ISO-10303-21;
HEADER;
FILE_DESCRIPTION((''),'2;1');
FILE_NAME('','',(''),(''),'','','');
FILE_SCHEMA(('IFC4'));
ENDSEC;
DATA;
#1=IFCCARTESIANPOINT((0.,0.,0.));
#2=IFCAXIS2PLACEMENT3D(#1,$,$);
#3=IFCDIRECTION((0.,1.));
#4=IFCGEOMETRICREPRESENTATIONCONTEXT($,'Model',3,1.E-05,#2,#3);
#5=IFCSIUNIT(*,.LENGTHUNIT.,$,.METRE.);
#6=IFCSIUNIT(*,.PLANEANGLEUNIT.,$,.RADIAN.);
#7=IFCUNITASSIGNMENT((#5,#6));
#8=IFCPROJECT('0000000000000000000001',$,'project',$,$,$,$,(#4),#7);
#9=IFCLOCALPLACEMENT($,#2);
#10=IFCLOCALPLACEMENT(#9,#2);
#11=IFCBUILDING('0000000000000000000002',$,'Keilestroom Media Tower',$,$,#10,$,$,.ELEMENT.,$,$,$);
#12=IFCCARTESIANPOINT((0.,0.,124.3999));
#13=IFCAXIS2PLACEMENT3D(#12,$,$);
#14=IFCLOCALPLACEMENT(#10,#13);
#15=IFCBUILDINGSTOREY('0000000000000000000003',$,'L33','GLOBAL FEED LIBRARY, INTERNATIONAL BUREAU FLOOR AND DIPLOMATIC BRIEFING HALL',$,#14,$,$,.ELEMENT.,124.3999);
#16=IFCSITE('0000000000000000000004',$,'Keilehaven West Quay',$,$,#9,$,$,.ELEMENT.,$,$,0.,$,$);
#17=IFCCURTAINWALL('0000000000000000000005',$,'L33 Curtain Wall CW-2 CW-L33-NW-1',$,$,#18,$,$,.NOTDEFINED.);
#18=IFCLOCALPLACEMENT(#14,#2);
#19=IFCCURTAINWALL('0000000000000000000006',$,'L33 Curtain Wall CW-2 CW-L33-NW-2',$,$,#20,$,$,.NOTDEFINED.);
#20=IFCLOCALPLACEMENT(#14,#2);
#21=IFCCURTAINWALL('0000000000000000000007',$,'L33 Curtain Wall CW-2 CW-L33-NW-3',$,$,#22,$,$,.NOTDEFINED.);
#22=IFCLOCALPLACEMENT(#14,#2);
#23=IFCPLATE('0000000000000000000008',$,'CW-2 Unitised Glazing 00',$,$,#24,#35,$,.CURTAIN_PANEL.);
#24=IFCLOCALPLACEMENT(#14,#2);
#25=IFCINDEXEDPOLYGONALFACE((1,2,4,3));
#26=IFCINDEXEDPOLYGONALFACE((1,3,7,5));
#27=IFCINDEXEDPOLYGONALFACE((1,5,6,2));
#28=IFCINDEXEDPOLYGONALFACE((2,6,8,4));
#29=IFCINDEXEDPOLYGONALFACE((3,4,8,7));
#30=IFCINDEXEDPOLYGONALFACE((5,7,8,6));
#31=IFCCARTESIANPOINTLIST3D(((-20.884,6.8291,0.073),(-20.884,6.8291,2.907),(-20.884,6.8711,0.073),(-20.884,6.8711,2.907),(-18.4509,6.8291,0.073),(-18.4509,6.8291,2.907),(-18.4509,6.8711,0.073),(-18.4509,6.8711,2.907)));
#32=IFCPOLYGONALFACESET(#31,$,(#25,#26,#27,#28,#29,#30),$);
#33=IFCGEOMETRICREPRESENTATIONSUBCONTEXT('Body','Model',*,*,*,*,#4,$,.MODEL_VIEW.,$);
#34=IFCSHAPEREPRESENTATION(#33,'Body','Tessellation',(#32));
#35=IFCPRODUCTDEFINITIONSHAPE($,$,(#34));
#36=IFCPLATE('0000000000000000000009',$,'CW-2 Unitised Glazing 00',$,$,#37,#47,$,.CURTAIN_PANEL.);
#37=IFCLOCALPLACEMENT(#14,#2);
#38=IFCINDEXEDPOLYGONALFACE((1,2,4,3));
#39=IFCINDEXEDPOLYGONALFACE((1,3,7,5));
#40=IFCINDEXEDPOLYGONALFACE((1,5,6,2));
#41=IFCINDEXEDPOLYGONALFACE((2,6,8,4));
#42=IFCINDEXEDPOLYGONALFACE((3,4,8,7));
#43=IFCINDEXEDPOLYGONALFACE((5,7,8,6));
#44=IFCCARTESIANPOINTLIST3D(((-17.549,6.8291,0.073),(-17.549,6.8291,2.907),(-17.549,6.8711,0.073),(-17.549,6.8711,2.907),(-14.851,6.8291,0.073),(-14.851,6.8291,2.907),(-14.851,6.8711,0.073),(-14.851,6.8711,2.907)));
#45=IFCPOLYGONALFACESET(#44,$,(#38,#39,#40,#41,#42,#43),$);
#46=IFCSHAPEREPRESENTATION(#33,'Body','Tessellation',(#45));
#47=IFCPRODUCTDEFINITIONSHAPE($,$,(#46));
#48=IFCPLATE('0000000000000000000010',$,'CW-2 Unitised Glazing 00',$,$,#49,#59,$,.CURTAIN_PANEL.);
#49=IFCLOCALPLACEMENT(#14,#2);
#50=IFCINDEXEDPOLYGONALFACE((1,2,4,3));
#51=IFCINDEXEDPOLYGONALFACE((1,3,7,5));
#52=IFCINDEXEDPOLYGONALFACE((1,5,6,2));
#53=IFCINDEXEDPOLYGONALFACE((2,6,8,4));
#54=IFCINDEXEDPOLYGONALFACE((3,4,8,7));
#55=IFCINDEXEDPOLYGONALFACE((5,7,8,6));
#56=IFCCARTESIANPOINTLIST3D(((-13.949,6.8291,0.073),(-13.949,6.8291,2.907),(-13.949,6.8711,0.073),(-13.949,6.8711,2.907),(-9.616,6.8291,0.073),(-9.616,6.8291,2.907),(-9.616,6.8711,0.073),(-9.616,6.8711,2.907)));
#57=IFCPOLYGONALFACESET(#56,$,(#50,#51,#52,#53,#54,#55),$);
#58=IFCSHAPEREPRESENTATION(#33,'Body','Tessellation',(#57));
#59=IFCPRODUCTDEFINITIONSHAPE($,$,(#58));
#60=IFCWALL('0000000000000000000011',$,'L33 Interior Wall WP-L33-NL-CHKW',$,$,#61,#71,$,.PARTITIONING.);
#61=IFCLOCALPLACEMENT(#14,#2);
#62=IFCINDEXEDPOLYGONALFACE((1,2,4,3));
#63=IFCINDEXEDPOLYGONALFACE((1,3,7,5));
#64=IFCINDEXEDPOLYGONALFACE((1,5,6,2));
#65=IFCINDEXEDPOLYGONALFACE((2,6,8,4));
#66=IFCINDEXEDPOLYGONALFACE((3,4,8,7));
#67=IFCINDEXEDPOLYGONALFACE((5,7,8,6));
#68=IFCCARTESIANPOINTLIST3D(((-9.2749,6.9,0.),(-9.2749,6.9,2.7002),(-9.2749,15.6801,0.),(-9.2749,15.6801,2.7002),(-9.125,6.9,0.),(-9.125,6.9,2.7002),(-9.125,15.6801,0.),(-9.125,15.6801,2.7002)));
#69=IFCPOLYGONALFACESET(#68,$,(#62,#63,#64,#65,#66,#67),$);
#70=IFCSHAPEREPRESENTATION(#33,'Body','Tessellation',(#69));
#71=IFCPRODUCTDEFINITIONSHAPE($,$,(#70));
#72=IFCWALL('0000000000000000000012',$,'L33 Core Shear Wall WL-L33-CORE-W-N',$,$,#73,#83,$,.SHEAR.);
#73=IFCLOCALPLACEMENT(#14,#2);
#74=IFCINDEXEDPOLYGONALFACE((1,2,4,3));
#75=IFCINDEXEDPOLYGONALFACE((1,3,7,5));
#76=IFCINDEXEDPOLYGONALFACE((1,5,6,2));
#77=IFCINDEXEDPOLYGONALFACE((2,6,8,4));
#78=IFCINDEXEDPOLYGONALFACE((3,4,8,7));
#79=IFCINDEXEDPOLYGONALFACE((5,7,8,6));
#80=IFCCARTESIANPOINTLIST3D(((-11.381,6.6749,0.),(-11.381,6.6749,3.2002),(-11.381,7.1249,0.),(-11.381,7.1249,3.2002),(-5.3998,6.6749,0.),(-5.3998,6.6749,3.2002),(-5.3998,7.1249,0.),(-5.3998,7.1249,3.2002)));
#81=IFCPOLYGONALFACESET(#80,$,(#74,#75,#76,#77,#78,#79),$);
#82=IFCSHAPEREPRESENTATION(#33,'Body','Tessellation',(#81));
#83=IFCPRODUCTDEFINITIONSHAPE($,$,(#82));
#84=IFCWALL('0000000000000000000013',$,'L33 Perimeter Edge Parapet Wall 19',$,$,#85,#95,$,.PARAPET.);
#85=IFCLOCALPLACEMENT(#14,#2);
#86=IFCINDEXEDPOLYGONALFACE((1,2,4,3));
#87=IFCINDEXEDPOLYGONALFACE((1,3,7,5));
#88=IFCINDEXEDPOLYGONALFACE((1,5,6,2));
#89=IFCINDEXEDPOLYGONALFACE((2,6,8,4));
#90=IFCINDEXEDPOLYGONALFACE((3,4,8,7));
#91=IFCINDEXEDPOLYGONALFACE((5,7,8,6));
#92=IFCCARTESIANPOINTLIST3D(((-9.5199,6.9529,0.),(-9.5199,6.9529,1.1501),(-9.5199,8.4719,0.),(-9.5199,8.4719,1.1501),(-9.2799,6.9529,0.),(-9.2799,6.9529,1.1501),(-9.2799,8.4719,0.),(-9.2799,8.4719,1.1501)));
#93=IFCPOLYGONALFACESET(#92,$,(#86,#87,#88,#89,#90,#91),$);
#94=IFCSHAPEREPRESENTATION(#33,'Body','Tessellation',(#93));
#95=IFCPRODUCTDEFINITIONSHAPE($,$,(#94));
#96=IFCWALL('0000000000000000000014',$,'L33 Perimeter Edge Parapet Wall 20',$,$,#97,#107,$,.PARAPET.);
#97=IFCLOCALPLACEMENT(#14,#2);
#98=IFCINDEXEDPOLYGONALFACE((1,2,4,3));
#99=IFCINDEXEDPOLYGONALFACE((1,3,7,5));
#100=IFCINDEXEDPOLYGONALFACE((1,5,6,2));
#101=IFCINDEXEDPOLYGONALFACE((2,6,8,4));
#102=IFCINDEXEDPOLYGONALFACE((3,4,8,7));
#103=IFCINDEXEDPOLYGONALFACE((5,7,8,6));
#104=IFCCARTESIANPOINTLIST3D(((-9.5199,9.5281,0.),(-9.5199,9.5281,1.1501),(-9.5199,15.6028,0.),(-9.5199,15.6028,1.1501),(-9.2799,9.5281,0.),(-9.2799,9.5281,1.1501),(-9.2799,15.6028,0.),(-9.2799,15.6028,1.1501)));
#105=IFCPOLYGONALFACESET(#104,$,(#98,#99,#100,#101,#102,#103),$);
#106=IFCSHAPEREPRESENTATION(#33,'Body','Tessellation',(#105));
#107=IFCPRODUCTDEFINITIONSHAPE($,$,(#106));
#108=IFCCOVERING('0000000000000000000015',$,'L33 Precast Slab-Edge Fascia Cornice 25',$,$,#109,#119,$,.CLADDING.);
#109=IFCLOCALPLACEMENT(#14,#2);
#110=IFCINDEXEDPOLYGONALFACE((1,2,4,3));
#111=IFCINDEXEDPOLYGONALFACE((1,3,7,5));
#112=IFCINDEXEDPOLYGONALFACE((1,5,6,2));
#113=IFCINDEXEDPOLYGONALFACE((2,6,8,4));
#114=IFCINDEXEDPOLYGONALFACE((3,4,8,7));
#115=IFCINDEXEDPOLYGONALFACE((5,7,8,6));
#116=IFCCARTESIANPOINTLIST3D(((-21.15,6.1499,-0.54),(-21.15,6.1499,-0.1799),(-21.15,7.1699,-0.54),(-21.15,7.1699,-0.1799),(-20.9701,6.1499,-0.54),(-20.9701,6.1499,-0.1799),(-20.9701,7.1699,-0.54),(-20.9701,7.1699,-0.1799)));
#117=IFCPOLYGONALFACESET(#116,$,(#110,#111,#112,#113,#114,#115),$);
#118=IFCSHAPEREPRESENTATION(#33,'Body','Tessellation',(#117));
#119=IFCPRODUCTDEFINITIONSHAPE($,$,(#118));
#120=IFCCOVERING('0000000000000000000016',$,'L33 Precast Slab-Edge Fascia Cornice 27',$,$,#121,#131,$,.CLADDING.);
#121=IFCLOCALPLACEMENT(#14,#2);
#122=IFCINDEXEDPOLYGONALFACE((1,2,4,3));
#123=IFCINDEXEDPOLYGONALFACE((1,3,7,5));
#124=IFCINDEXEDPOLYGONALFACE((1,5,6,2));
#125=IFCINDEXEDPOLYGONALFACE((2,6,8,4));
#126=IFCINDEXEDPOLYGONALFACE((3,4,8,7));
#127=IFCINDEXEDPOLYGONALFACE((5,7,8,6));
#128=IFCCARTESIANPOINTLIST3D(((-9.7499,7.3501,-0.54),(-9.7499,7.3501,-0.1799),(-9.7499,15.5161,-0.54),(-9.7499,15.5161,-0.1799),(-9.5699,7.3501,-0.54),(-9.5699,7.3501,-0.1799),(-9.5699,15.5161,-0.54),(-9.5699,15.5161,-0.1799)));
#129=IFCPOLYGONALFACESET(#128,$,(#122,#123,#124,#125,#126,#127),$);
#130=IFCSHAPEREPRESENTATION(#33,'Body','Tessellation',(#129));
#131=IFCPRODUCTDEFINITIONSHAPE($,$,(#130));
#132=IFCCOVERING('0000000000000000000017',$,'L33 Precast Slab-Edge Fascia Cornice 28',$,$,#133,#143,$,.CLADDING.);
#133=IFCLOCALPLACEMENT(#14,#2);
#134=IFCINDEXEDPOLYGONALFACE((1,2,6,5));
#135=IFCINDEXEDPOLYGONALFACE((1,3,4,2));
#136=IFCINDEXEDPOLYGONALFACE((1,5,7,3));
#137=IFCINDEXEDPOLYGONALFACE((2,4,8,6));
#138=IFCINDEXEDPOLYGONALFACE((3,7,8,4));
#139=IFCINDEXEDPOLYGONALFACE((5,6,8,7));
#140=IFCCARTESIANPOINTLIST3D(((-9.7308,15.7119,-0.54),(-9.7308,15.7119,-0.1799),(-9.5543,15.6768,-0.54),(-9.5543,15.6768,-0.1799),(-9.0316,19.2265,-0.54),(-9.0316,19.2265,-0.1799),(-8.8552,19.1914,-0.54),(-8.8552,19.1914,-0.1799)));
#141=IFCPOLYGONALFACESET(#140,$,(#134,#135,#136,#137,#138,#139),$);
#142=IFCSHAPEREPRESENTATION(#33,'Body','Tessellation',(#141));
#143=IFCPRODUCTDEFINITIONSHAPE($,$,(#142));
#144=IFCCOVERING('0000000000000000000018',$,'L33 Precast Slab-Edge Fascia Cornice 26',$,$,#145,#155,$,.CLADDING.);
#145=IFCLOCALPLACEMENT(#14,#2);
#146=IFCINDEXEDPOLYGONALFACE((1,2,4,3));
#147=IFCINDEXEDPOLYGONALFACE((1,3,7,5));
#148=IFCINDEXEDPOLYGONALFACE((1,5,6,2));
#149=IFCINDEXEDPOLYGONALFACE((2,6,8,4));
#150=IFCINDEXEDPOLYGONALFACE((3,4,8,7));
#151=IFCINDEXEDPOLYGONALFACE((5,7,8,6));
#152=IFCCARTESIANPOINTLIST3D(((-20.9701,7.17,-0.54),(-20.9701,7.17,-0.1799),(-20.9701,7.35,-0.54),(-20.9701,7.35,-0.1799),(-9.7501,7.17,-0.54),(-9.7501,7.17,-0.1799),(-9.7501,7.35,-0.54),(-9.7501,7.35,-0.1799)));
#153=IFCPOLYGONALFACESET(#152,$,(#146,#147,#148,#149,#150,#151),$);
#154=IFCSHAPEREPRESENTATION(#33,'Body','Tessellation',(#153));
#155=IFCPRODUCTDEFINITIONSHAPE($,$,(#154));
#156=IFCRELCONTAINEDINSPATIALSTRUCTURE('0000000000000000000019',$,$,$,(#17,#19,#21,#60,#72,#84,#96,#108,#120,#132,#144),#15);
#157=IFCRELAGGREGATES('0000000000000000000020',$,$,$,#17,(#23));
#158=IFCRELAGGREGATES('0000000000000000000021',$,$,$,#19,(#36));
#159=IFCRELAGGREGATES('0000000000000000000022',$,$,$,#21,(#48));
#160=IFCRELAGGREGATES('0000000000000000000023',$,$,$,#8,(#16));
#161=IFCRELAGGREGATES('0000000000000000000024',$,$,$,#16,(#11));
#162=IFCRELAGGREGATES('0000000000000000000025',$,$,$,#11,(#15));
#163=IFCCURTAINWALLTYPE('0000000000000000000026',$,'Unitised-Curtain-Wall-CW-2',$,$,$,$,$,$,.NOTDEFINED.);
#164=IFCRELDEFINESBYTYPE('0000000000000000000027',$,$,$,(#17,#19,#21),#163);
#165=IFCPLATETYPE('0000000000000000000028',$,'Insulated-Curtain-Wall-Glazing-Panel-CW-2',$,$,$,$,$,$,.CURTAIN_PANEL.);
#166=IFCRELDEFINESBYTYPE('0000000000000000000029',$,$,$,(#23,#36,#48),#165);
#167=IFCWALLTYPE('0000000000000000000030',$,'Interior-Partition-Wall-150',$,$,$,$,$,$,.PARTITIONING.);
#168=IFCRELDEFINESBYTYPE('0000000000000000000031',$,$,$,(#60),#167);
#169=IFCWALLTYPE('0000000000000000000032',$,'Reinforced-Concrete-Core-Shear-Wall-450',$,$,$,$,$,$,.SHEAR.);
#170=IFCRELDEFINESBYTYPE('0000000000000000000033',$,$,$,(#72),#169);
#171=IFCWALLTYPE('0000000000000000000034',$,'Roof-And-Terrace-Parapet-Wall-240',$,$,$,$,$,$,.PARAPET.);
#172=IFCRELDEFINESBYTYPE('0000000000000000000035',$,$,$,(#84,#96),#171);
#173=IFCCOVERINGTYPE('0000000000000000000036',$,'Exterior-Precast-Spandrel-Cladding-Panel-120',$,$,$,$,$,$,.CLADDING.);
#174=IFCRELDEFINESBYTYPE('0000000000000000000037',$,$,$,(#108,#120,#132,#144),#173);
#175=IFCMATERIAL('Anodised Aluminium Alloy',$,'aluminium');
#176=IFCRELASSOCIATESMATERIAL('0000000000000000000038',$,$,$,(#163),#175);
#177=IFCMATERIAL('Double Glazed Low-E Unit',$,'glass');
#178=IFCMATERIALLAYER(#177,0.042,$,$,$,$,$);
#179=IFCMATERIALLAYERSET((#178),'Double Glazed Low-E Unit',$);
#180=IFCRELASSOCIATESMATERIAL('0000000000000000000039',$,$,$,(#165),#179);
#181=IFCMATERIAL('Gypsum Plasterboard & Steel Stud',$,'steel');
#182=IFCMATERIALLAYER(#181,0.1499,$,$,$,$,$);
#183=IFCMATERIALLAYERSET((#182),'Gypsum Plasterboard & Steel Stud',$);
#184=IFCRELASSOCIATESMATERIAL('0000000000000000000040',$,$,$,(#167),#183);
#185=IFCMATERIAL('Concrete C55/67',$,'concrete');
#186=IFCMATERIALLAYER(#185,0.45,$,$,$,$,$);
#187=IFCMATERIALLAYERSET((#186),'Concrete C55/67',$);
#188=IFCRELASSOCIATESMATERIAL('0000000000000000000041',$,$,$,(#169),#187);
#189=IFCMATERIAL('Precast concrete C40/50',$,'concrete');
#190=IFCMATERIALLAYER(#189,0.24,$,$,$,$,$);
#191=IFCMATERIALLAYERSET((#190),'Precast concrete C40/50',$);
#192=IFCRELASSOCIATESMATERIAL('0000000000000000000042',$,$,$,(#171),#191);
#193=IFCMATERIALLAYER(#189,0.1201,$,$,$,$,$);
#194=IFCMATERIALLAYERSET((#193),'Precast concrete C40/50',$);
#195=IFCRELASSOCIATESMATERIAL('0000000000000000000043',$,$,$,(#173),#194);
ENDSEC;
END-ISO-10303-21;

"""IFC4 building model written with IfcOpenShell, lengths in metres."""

from ifc_helpers import new_model, si_unit, direction, frame, frame_2d, origin, origin_2d, place, context, subcontext, project, spatial, rectangle, extrude, source, transform, mapped, material, layer, layer_set, type_object, element, aggregate, save


model = new_model("IFC4")

# Units and contexts
model_context = context("Model", 3, precision=1e-05, world=origin(), true_north=direction((0.0, 1.0)))
body_context = subcontext(model_context, "Body", "Model", "MODEL_VIEW")
ifc_project = project(units=[si_unit("LENGTHUNIT", "METRE"), si_unit("PLANEANGLEUNIT", "RADIAN")], contexts=[model_context])

# Site, building, storey
site_placement = place(None, origin())
site = spatial("IfcSite", under=ifc_project, at=site_placement, Name="Keilehaven West Quay", CompositionType="ELEMENT", RefElevation=0.0)
building_placement = place(site_placement, origin())
building = spatial("IfcBuilding", under=site, at=building_placement, Name="Keilestroom Media Tower", CompositionType="ELEMENT")
storey_placement = place(building_placement, frame((0.0, 0.0, 124.3999)))
storey = spatial("IfcBuildingStorey", under=building, at=storey_placement, Name="L33", Description="GLOBAL FEED LIBRARY, INTERNATIONAL BUREAU FLOOR AND DIPLOMATIC BRIEFING HALL", CompositionType="ELEMENT", Elevation=124.3999)

# Shared definitions
ifc_material_1 = material(Name="Precast concrete C40/50", Category="concrete")
ifc_material_2 = material(Name="Concrete C55/67", Category="concrete")

# Curtain walls
ifc_material_3 = material(Name="Anodised Aluminium Alloy", Category="aluminium")
curtain_wall_type = type_object("IfcCurtainWallType", Name="Unitised-Curtain-Wall-CW-2", PredefinedType="NOTDEFINED", material=ifc_material_3)
curtain_wall_1_placement = place(storey_placement, origin())
curtain_wall_1 = element("IfcCurtainWall", 1, at=curtain_wall_1_placement, inside=storey, type_object=curtain_wall_type, Name="L33 Curtain Wall CW-2 CW-L33-NW-1", PredefinedType="NOTDEFINED")
curtain_wall_2_placement = place(storey_placement, origin())
curtain_wall_2 = element("IfcCurtainWall", 2, at=curtain_wall_2_placement, inside=storey, type_object=curtain_wall_type, Name="L33 Curtain Wall CW-2 CW-L33-NW-2", PredefinedType="NOTDEFINED")
curtain_wall_3_placement = place(storey_placement, origin())
curtain_wall_3 = element("IfcCurtainWall", 3, at=curtain_wall_3_placement, inside=storey, type_object=curtain_wall_type, Name="L33 Curtain Wall CW-2 CW-L33-NW-3", PredefinedType="NOTDEFINED")

# Plates
ifc_material_4 = material(Name="Double Glazed Low-E Unit", Category="glass")
ifc_layer_1 = layer(ifc_material_4, 0.042)
ifc_layer_set_1 = layer_set([ifc_layer_1], Name="Double Glazed Low-E Unit")
plate_type = type_object("IfcPlateType", Name="Insulated-Curtain-Wall-Glazing-Panel-CW-2", PredefinedType="CURTAIN_PANEL", material=ifc_layer_set_1)
shared_shape_1 = source(origin(), body_context, "Body", "SweptSolid", [
    extrude(rectangle(XDim=2.4331, YDim=0.042, at=origin_2d()), origin(), (0.0, 0.0, 1.0), 2.834),
])
plate_1_placement = place(storey_placement, frame((-19.6675, 6.8501, 0.073), z_axis=(0.0, 0.0, 1.0), x_axis=(1.0, 0.0, 0.0)))
plate_1 = element("IfcPlate", 4, at=plate_1_placement, type_object=plate_type, Name="CW-2 Unitised Glazing 00", PredefinedType="CURTAIN_PANEL", context=body_context, shape_type="MappedRepresentation", body=[
    mapped(shared_shape_1, transform((0.0, 0.0, 0.0), x_axis=(1.0, 0.0, 0.0), y_axis=(0.0, 1.0, 0.0), z_axis=(0.0, 0.0, 1.0), scale=1.0)),
])
aggregate(curtain_wall_1, [plate_1])
shared_shape_2 = source(origin(), body_context, "Body", "SweptSolid", [
    extrude(rectangle(XDim=2.698, YDim=0.042, at=origin_2d()), origin(), (0.0, 0.0, 1.0), 2.834),
])
plate_2_placement = place(storey_placement, frame((-16.2, 6.8501, 0.073), z_axis=(0.0, 0.0, 1.0), x_axis=(1.0, 0.0, 0.0)))
plate_2 = element("IfcPlate", 5, at=plate_2_placement, type_object=plate_type, Name="CW-2 Unitised Glazing 00", PredefinedType="CURTAIN_PANEL", context=body_context, shape_type="MappedRepresentation", body=[
    mapped(shared_shape_2, transform((0.0, 0.0, 0.0), x_axis=(1.0, 0.0, 0.0), y_axis=(0.0, 1.0, 0.0), z_axis=(0.0, 0.0, 1.0), scale=1.0)),
])
aggregate(curtain_wall_2, [plate_2])
shared_shape_3 = source(origin(), body_context, "Body", "SweptSolid", [
    extrude(rectangle(XDim=4.333, YDim=0.042, at=origin_2d()), origin(), (0.0, 0.0, 1.0), 2.834),
])
plate_3_placement = place(storey_placement, frame((-11.7825, 6.8501, 0.073), z_axis=(0.0, 0.0, 1.0), x_axis=(1.0, 0.0, 0.0)))
plate_3 = element("IfcPlate", 6, at=plate_3_placement, type_object=plate_type, Name="CW-2 Unitised Glazing 00", PredefinedType="CURTAIN_PANEL", context=body_context, shape_type="MappedRepresentation", body=[
    mapped(shared_shape_3, transform((0.0, 0.0, 0.0), x_axis=(1.0, 0.0, 0.0), y_axis=(0.0, 1.0, 0.0), z_axis=(0.0, 0.0, 1.0), scale=1.0)),
])
aggregate(curtain_wall_3, [plate_3])

# Walls
ifc_material_5 = material(Name="Gypsum Plasterboard & Steel Stud", Category="steel")
ifc_layer_2 = layer(ifc_material_5, 0.1499)
ifc_layer_set_2 = layer_set([ifc_layer_2], Name="Gypsum Plasterboard & Steel Stud")
wall_type_1 = type_object("IfcWallType", Name="Interior-Partition-Wall-150", PredefinedType="PARTITIONING", material=ifc_layer_set_2)
wall_1_placement = place(storey_placement, frame((-9.2, 6.8999, 0.0), z_axis=(0.0, 0.0, 1.0), x_axis=(0.0, 1.0, 0.0)))
element("IfcWall", 7, at=wall_1_placement, inside=storey, type_object=wall_type_1, Name="L33 Interior Wall WP-L33-NL-CHKW", PredefinedType="PARTITIONING", context=body_context, shape_type="SweptSolid", body=[
    extrude(rectangle(XDim=8.78, YDim=0.1499, at=frame_2d((4.3901, 0.0))), origin(), (0.0, 0.0, 1.0), 2.7002),
])
ifc_layer_3 = layer(ifc_material_2, 0.45)
ifc_layer_set_3 = layer_set([ifc_layer_3], Name="Concrete C55/67")
wall_type_2 = type_object("IfcWallType", Name="Reinforced-Concrete-Core-Shear-Wall-450", PredefinedType="SHEAR", material=ifc_layer_set_3)
wall_2_placement = place(storey_placement, frame((-11.3811, 6.8999, 0.0), z_axis=(0.0, 0.0, 1.0), x_axis=(1.0, 0.0, 0.0)))
element("IfcWall", 8, at=wall_2_placement, inside=storey, type_object=wall_type_2, Name="L33 Core Shear Wall WL-L33-CORE-W-N", PredefinedType="SHEAR", context=body_context, shape_type="SweptSolid", body=[
    extrude(rectangle(XDim=5.9812, YDim=0.45, at=frame_2d((2.9907, 0.0))), origin(), (0.0, 0.0, 1.0), 3.2002),
])
ifc_layer_4 = layer(ifc_material_1, 0.24)
ifc_layer_set_4 = layer_set([ifc_layer_4], Name="Precast concrete C40/50")
wall_type_3 = type_object("IfcWallType", Name="Roof-And-Terrace-Parapet-Wall-240", PredefinedType="PARAPET", material=ifc_layer_set_4)
wall_3_placement = place(storey_placement, frame((-9.3999, 6.9529, 0.0), z_axis=(0.0, 0.0, 1.0), x_axis=(0.0, 1.0, 0.0)))
element("IfcWall", 9, at=wall_3_placement, inside=storey, type_object=wall_type_3, Name="L33 Perimeter Edge Parapet Wall 19", PredefinedType="PARAPET", context=body_context, shape_type="SweptSolid", body=[
    extrude(rectangle(XDim=1.519, YDim=0.24, at=frame_2d((0.7595, 0.0))), origin(), (0.0, 0.0, 1.0), 1.1501),
])
wall_4_placement = place(storey_placement, frame((-9.3999, 9.5281, 0.0), z_axis=(0.0, 0.0, 1.0), x_axis=(0.0, 1.0, 0.0)))
element("IfcWall", 10, at=wall_4_placement, inside=storey, type_object=wall_type_3, Name="L33 Perimeter Edge Parapet Wall 20", PredefinedType="PARAPET", context=body_context, shape_type="SweptSolid", body=[
    extrude(rectangle(XDim=6.0747, YDim=0.24, at=frame_2d((3.0374, 0.0))), origin(), (0.0, 0.0, 1.0), 1.1501),
])

# Coverings
ifc_layer_5 = layer(ifc_material_1, 0.1201)
ifc_layer_set_5 = layer_set([ifc_layer_5], Name="Precast concrete C40/50")
covering_type = type_object("IfcCoveringType", Name="Exterior-Precast-Spandrel-Cladding-Panel-120", PredefinedType="CLADDING", material=ifc_layer_set_5)
shared_shape_4 = source(origin(), body_context, "Body", "SweptSolid", [
    extrude(rectangle(XDim=1.02, YDim=0.1799, at=origin_2d()), origin(), (0.0, 0.0, 1.0), 0.3601),
])
covering_1_placement = place(storey_placement, frame((-21.0601, 6.6599, -0.54), z_axis=(0.0, 0.0, 1.0), x_axis=(0.0, 1.0, 0.0)))
element("IfcCovering", 11, at=covering_1_placement, inside=storey, type_object=covering_type, Name="L33 Precast Slab-Edge Fascia Cornice 25", PredefinedType="CLADDING", context=body_context, shape_type="MappedRepresentation", body=[
    mapped(shared_shape_4, transform((0.0, 0.0, 0.0), x_axis=(1.0, 0.0, 0.0), y_axis=(0.0, 1.0, 0.0), z_axis=(0.0, 0.0, 1.0), scale=1.0)),
])
shared_shape_5 = source(origin(), body_context, "Body", "SweptSolid", [
    extrude(rectangle(XDim=8.166, YDim=0.1799, at=origin_2d()), origin(), (0.0, 0.0, 1.0), 0.3601),
])
covering_2_placement = place(storey_placement, frame((-9.6599, 11.4331, -0.54), z_axis=(0.0, 0.0, 1.0), x_axis=(0.0, 1.0, 0.0)))
element("IfcCovering", 12, at=covering_2_placement, inside=storey, type_object=covering_type, Name="L33 Precast Slab-Edge Fascia Cornice 27", PredefinedType="CLADDING", context=body_context, shape_type="MappedRepresentation", body=[
    mapped(shared_shape_5, transform((0.0, 0.0, 0.0), x_axis=(1.0, 0.0, 0.0), y_axis=(0.0, 1.0, 0.0), z_axis=(0.0, 0.0, 1.0), scale=1.0)),
])
shared_shape_6 = source(origin(), body_context, "Body", "SweptSolid", [
    extrude(rectangle(XDim=3.5835, YDim=0.1799, at=origin_2d()), origin(), (0.0, 0.0, 1.0), 0.3601),
])
covering_3_placement = place(storey_placement, frame((-9.293, 17.4517, -0.54), z_axis=(0.0, 0.0, 1.0), x_axis=(0.195099, 0.980784, 0.0)))
element("IfcCovering", 13, at=covering_3_placement, inside=storey, type_object=covering_type, Name="L33 Precast Slab-Edge Fascia Cornice 28", PredefinedType="CLADDING", context=body_context, shape_type="MappedRepresentation", body=[
    mapped(shared_shape_6, transform((0.0, 0.0, 0.0), x_axis=(1.0, 0.0, 0.0), y_axis=(0.0, 1.0, 0.0), z_axis=(0.0, 0.0, 1.0), scale=1.0)),
])
shared_shape_7 = source(origin(), body_context, "Body", "SweptSolid", [
    extrude(rectangle(XDim=11.22, YDim=0.1799, at=origin_2d()), origin(), (0.0, 0.0, 1.0), 0.3601),
])
covering_4_placement = place(storey_placement, frame((-15.3601, 7.26, -0.54), z_axis=(0.0, 0.0, 1.0), x_axis=(1.0, 0.0, 0.0)))
element("IfcCovering", 14, at=covering_4_placement, inside=storey, type_object=covering_type, Name="L33 Precast Slab-Edge Fascia Cornice 26", PredefinedType="CLADDING", context=body_context, shape_type="MappedRepresentation", body=[
    mapped(shared_shape_7, transform((0.0, 0.0, 0.0), x_axis=(1.0, 0.0, 0.0), y_axis=(0.0, 1.0, 0.0), z_axis=(0.0, 0.0, 1.0), scale=1.0)),
])

save(model, "model.ifc")
